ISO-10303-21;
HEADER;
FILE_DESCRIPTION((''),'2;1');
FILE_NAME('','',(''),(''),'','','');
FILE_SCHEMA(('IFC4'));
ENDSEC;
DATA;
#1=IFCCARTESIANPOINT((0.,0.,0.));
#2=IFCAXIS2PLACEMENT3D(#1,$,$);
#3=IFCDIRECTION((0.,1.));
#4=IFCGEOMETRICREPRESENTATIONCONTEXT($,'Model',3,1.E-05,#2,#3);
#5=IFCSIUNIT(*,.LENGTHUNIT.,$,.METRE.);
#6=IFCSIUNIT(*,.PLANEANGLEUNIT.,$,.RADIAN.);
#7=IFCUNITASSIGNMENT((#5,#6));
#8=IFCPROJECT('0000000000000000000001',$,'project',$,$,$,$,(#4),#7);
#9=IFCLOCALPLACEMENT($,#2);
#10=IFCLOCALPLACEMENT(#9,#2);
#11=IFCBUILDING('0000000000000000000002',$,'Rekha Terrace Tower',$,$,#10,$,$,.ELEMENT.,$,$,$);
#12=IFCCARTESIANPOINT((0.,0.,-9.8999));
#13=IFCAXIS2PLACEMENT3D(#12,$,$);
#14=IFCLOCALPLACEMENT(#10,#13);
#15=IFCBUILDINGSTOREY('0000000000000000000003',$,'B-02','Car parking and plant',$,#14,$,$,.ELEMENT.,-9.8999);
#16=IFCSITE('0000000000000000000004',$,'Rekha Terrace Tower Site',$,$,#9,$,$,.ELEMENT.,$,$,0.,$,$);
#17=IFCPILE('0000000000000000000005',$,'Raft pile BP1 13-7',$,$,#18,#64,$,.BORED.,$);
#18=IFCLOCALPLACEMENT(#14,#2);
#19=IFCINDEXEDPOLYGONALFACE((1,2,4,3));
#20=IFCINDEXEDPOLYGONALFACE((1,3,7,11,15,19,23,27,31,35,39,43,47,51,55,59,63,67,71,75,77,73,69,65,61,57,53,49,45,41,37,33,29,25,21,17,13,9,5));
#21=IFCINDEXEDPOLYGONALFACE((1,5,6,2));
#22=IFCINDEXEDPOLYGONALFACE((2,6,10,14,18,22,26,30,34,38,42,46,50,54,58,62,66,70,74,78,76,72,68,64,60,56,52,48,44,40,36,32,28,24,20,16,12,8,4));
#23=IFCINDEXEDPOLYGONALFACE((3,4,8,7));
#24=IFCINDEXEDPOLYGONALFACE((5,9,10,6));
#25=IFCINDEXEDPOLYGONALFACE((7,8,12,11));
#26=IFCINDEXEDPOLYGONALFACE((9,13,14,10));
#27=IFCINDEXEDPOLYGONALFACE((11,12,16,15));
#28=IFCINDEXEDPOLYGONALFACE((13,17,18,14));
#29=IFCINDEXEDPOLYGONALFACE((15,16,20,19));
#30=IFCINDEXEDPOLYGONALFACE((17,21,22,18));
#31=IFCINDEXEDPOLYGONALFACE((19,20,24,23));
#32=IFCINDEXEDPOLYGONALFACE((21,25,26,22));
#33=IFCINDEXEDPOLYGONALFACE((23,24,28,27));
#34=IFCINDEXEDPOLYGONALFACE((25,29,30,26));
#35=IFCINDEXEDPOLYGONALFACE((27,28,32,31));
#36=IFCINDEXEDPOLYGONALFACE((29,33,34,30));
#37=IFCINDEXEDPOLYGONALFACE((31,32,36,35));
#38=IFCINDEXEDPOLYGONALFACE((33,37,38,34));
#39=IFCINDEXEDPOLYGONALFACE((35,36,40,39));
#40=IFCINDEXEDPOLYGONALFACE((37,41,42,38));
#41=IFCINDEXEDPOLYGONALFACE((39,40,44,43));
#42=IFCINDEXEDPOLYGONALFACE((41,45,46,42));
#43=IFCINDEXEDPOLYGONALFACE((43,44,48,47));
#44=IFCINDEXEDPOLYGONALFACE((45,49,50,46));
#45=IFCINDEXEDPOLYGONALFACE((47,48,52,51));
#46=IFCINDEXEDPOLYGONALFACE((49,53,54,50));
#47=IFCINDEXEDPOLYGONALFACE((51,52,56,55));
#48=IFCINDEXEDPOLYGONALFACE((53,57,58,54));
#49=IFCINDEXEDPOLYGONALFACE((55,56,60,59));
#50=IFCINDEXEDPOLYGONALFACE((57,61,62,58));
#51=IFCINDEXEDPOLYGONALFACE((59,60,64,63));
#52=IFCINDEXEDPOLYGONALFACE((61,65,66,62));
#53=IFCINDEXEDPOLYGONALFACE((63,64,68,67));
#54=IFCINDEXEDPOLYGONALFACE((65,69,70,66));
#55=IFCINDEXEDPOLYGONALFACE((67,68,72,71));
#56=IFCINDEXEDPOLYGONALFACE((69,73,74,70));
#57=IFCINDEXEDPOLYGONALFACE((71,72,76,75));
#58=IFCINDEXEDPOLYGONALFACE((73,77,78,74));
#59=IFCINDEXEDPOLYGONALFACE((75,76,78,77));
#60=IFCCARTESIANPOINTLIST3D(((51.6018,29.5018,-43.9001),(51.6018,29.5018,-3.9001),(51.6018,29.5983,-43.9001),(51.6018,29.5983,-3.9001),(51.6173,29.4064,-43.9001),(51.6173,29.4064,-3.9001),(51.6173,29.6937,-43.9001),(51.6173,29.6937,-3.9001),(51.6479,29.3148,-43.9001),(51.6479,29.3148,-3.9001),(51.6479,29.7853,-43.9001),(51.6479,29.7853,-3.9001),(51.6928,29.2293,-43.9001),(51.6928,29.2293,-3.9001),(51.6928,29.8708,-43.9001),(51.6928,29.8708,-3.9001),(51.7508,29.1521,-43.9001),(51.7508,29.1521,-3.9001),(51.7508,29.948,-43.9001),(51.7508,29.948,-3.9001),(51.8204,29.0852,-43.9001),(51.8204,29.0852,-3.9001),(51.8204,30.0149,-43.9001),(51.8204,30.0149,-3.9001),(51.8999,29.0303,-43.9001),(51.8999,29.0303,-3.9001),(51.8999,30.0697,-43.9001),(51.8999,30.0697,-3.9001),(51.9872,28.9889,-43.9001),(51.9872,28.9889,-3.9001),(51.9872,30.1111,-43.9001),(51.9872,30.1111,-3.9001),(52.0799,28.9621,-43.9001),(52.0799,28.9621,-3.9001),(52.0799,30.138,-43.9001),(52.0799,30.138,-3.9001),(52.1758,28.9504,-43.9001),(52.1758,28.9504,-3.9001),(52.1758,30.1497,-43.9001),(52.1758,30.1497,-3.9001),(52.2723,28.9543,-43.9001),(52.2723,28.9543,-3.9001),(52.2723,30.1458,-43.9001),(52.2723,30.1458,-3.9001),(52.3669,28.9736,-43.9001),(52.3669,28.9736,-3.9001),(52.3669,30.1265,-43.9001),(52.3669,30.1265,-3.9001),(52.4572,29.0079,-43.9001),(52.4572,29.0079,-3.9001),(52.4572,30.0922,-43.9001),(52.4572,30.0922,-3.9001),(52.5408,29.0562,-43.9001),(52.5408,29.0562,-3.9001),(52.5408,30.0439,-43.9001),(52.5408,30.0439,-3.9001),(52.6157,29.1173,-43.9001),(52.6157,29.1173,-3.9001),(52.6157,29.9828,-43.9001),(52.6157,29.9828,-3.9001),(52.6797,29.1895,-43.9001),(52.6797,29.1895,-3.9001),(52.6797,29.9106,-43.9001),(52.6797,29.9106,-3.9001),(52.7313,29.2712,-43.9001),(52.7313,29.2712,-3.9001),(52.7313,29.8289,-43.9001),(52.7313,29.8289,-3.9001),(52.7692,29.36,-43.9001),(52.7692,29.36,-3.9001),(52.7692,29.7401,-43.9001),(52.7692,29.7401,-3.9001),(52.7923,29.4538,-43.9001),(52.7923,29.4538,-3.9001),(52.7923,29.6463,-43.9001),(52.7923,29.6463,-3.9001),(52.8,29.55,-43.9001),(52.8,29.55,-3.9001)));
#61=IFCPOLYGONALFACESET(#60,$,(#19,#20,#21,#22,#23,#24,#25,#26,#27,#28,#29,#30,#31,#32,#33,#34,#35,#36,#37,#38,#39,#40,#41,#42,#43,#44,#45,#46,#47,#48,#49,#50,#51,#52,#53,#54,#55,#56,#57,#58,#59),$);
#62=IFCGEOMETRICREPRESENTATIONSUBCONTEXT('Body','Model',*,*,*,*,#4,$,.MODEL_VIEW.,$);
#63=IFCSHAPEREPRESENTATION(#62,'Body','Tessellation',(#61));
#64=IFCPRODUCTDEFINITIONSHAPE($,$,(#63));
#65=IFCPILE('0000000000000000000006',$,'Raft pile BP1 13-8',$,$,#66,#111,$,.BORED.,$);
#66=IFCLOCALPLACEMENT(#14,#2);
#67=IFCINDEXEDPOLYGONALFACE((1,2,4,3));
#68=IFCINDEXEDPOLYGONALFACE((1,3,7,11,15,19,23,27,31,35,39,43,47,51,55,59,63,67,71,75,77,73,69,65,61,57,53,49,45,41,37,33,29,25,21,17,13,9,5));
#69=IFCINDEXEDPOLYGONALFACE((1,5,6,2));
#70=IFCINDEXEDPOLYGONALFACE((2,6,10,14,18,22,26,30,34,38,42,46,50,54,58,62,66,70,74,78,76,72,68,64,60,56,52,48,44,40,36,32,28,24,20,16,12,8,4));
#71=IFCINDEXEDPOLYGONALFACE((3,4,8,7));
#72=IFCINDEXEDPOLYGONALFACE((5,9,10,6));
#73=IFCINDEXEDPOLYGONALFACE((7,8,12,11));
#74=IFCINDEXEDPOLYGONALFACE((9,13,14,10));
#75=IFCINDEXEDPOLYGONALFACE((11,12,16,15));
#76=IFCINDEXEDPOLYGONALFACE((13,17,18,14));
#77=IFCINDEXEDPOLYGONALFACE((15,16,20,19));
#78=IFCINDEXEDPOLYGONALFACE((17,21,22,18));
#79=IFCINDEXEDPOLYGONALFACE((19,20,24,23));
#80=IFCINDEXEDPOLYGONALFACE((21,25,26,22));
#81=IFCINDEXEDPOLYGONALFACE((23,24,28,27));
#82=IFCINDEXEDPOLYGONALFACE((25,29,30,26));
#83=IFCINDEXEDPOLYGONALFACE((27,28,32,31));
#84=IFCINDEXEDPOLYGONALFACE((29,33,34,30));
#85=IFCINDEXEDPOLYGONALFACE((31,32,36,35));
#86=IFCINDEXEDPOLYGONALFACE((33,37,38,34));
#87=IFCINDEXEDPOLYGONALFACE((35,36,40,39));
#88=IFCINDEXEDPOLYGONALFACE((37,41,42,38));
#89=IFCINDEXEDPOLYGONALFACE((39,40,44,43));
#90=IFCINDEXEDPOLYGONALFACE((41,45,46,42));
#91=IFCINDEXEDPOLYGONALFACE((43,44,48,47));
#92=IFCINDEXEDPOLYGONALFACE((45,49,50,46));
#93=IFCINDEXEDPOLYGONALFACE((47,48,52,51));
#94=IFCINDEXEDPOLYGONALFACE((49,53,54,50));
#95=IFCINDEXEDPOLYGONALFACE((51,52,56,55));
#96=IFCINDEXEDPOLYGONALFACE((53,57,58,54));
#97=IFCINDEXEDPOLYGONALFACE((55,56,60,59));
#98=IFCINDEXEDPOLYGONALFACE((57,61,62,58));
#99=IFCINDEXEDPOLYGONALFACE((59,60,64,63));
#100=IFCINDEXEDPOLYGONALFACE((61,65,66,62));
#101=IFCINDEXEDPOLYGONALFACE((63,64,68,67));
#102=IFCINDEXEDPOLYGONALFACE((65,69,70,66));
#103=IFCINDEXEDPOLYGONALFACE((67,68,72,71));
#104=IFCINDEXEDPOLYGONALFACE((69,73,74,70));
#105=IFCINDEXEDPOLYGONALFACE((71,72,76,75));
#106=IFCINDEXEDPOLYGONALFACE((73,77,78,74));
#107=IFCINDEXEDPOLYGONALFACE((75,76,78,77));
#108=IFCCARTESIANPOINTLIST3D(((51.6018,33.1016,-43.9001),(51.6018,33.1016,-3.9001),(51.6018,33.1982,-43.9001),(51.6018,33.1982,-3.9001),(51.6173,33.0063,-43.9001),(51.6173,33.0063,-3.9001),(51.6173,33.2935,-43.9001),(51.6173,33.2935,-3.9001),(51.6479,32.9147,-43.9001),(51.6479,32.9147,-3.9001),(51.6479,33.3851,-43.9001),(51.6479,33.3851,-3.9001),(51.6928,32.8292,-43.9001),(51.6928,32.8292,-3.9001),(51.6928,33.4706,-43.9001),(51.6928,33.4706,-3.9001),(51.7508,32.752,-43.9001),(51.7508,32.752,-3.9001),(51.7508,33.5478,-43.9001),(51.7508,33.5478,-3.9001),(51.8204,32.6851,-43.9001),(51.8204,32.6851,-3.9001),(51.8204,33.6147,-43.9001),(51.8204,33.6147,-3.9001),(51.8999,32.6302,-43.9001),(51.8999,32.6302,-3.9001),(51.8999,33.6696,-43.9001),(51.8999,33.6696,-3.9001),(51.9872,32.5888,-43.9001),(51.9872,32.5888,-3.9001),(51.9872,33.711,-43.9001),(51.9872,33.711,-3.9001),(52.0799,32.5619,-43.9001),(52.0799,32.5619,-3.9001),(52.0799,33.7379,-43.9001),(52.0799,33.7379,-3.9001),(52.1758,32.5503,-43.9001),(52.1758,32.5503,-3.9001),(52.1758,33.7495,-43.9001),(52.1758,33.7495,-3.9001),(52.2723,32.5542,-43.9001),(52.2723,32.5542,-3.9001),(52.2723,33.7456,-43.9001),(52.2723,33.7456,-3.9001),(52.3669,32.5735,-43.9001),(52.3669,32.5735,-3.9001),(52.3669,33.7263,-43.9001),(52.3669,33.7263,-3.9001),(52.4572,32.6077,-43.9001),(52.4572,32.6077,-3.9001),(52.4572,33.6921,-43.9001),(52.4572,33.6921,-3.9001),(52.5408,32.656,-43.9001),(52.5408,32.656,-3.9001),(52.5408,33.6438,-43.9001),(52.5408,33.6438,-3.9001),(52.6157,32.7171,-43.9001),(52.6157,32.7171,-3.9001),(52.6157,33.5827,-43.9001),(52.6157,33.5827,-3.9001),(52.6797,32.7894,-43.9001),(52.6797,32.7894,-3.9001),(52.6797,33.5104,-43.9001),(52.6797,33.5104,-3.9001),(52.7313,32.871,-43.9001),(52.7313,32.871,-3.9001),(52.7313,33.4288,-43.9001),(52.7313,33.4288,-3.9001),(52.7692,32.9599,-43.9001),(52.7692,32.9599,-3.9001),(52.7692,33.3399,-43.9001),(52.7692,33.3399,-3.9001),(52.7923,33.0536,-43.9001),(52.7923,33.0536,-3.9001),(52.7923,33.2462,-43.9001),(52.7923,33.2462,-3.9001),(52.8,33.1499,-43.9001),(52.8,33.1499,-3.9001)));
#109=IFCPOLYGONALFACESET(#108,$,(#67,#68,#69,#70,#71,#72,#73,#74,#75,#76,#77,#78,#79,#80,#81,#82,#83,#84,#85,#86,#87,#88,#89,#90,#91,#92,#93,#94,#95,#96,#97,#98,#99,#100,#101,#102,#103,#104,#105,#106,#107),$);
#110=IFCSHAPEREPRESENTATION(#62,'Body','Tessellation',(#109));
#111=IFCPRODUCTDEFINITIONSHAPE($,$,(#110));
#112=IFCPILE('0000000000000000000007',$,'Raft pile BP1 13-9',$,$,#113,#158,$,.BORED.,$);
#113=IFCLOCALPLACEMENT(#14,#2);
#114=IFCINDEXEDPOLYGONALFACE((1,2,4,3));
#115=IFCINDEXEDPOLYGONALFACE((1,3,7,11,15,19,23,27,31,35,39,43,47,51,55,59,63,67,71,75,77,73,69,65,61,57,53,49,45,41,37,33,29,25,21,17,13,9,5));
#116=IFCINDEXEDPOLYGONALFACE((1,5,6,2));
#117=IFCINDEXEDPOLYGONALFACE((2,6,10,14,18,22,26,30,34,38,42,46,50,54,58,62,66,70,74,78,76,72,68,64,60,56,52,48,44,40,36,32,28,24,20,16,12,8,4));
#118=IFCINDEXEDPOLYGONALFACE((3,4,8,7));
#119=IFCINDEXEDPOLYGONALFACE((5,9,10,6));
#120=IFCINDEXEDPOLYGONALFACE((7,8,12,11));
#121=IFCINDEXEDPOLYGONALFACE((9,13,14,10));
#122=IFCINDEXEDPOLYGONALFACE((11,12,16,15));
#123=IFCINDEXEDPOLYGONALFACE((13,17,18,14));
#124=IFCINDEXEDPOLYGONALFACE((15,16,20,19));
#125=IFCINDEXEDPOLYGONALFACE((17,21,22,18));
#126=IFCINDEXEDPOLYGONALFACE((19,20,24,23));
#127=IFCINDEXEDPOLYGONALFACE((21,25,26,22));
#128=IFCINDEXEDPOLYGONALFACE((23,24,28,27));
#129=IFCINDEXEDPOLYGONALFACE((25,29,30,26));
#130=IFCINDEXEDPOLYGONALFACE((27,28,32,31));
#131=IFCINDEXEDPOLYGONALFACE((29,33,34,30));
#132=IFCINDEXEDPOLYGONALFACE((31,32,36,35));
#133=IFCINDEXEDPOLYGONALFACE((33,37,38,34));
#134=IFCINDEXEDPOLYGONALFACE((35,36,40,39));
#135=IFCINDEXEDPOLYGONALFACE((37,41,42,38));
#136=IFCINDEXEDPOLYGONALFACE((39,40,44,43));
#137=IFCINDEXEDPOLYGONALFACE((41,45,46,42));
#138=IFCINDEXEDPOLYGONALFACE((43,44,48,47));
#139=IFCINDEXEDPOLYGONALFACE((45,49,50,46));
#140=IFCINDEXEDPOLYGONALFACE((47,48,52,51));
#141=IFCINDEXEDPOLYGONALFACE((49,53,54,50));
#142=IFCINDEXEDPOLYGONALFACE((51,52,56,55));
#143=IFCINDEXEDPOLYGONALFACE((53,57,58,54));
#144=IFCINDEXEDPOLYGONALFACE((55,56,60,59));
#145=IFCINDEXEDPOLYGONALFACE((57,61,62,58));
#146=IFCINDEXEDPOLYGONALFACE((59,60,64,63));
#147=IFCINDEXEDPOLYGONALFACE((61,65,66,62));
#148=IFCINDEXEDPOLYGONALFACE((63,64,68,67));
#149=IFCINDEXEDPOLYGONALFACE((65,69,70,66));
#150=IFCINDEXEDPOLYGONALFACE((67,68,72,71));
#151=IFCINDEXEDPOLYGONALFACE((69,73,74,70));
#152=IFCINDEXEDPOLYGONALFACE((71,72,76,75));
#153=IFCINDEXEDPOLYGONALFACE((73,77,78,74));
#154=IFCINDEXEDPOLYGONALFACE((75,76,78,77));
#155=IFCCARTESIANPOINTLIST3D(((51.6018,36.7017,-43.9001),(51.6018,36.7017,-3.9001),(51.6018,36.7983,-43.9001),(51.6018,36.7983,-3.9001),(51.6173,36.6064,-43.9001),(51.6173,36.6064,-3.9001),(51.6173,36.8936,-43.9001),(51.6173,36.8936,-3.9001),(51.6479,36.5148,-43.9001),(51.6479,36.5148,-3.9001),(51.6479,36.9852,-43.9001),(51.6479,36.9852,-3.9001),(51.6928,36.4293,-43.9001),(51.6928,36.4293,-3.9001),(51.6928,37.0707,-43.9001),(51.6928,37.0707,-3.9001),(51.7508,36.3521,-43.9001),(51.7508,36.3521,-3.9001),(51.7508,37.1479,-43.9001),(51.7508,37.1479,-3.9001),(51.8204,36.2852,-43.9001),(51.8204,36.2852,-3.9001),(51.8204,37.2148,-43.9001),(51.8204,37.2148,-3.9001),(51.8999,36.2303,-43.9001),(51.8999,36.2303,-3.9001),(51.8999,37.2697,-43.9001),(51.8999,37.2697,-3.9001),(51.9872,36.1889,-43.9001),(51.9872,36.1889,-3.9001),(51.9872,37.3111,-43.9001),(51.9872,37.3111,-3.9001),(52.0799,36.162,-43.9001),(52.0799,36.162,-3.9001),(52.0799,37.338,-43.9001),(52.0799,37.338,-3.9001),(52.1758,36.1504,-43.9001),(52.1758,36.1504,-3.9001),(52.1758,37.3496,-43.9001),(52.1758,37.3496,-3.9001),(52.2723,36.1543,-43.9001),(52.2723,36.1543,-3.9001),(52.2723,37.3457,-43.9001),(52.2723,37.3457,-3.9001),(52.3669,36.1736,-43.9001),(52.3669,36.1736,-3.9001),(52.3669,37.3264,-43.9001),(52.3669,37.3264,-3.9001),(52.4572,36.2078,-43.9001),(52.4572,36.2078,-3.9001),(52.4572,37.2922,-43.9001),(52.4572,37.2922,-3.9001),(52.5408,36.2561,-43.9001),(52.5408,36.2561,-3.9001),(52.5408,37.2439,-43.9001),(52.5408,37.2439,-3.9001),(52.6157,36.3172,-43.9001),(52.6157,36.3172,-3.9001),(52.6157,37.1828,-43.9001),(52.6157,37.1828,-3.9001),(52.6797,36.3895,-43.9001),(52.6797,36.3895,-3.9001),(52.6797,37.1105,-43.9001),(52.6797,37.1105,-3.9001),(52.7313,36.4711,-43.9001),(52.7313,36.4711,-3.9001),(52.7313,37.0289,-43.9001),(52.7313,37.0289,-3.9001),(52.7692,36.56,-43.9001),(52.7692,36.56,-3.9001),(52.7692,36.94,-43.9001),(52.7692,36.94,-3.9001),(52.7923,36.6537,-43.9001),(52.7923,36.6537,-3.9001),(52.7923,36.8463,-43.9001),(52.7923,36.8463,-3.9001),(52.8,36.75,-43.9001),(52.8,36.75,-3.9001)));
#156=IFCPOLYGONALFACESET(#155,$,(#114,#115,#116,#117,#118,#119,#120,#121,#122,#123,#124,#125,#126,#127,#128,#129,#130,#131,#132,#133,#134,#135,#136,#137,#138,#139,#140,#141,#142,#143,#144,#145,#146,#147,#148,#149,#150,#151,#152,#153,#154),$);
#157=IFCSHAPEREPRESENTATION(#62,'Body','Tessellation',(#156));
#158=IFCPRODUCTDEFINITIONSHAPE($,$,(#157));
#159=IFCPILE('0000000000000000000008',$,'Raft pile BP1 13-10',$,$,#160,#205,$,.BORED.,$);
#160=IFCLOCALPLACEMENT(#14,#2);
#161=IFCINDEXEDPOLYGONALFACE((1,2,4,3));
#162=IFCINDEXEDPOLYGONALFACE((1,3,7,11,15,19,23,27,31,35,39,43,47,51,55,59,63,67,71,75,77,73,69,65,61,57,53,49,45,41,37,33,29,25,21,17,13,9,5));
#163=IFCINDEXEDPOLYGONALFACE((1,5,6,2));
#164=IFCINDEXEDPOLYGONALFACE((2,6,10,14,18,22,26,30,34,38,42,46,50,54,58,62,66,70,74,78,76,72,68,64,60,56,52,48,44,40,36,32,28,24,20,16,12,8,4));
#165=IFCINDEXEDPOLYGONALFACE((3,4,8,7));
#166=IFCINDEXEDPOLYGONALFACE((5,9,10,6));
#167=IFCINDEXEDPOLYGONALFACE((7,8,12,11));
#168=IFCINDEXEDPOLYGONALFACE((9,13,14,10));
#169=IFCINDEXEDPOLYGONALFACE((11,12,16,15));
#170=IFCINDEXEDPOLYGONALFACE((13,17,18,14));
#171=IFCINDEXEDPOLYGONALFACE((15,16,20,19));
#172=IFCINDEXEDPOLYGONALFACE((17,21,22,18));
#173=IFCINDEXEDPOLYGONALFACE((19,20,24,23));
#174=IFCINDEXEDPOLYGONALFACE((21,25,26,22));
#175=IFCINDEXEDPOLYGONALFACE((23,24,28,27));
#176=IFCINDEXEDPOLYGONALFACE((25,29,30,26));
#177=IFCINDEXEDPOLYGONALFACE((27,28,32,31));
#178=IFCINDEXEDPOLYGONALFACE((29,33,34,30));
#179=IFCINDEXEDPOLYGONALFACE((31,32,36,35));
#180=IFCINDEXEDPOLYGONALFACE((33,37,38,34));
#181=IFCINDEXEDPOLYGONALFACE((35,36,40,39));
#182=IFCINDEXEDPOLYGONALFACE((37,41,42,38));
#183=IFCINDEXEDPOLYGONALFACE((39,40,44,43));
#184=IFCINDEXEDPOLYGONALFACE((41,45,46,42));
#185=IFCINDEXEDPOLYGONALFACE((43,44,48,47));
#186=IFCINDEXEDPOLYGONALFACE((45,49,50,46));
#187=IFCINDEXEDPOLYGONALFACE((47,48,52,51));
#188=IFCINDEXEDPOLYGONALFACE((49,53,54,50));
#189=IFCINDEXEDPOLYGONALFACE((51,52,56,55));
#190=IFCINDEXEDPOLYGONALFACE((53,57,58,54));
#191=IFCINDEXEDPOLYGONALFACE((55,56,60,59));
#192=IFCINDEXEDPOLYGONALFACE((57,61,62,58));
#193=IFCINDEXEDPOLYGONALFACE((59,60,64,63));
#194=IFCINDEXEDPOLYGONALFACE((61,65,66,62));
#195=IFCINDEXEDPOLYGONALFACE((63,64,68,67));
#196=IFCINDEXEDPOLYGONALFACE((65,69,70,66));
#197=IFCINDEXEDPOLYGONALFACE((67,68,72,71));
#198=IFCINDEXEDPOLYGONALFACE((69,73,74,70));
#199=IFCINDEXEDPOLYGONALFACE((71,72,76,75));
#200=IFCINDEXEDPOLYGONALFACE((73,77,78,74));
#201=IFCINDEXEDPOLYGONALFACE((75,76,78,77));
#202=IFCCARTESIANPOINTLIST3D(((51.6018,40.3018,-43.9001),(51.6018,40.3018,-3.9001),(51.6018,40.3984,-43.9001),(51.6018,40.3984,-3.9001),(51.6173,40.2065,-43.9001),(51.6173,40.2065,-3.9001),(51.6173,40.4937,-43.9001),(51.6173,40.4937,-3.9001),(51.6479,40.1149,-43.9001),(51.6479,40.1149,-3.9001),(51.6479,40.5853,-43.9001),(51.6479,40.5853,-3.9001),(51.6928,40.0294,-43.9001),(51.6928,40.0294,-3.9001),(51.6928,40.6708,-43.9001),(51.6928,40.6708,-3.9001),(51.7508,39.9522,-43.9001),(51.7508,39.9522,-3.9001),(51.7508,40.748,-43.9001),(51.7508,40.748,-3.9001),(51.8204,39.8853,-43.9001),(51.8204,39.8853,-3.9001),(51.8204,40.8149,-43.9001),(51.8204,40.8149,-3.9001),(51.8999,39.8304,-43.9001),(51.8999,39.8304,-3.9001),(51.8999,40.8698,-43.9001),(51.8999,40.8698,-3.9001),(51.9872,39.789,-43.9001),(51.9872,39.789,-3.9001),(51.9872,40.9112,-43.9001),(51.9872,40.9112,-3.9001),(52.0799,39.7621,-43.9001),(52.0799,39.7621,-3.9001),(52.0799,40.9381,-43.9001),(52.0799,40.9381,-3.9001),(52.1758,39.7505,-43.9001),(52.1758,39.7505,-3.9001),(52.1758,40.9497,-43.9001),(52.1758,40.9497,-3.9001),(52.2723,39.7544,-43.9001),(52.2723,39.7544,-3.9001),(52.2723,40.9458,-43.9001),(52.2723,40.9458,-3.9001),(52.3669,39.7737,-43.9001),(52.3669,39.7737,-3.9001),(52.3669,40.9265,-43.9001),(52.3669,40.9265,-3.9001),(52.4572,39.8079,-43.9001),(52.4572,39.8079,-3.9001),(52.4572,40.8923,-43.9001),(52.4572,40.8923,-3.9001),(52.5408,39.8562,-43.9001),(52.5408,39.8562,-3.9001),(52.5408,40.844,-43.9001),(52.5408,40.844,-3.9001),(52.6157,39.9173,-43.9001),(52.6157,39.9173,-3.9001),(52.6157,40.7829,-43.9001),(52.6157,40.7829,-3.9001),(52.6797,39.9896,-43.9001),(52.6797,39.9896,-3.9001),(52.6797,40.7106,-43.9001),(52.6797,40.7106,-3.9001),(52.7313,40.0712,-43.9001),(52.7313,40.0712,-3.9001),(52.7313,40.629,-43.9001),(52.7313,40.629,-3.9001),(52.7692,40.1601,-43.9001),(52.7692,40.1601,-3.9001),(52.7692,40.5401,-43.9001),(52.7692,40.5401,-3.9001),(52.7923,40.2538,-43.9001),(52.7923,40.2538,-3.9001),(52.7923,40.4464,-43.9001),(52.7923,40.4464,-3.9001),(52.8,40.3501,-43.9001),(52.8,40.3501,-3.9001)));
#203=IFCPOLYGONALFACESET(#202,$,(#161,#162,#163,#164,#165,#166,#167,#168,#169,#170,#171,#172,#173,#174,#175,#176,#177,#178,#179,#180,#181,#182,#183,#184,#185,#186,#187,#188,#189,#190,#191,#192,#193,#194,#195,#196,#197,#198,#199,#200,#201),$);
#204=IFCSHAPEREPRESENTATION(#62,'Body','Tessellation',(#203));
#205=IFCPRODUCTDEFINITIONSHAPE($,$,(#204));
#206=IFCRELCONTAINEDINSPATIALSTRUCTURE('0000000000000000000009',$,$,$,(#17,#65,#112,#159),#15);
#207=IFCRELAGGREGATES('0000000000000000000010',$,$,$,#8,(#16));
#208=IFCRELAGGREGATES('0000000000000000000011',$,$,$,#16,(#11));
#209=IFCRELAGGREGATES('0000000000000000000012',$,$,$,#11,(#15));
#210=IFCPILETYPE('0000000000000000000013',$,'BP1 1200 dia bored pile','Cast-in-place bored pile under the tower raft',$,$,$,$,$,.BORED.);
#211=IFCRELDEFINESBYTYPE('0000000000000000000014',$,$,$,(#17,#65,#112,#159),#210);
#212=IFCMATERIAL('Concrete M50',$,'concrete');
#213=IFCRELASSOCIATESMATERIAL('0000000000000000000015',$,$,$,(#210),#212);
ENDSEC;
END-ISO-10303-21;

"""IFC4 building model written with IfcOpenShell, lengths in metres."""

from ifc_helpers import new_model, si_unit, direction, frame, origin, origin_2d, place, context, subcontext, project, spatial, circle, extrude, material, type_object, element, save


model = new_model("IFC4")

# Units and contexts
model_context = context("Model", 3, precision=1e-05, world=origin(), true_north=direction((0.0, 1.0)))
body_context = subcontext(model_context, "Body", "Model", "MODEL_VIEW")
ifc_project = project(units=[si_unit("LENGTHUNIT", "METRE"), si_unit("PLANEANGLEUNIT", "RADIAN")], contexts=[model_context])

# Site, building, storey
site_placement = place(None, origin())
site = spatial("IfcSite", under=ifc_project, at=site_placement, Name="Rekha Terrace Tower Site", CompositionType="ELEMENT", RefElevation=0.0)
building_placement = place(site_placement, origin())
building = spatial("IfcBuilding", under=site, at=building_placement, Name="Rekha Terrace Tower", CompositionType="ELEMENT")
storey_placement = place(building_placement, frame((0.0, 0.0, -9.8999)))
storey = spatial("IfcBuildingStorey", under=building, at=storey_placement, Name="B-02", Description="Car parking and plant", CompositionType="ELEMENT", Elevation=-9.8999)

# Piles
ifc_material_1 = material(Name="Concrete M50", Category="concrete")
pile_type = type_object("IfcPileType", Name="BP1 1200 dia bored pile", Description="Cast-in-place bored pile under the tower raft", PredefinedType="BORED", material=ifc_material_1)
for number, where, z_axis, x_axis, name in (
    (1, (52.2, 29.55, -3.9001), (0.0, 0.0, -1.0), (1.0, 0.0, 0.0), "Raft pile BP1 13-7"),
    (2, (52.2, 33.1499, -3.9001), (0.0, 0.0, -1.0), (1.0, 0.0, 0.0), "Raft pile BP1 13-8"),
    (3, (52.2, 36.75, -3.9001), (0.0, 0.0, -1.0), (1.0, 0.0, 0.0), "Raft pile BP1 13-9"),
    (4, (52.2, 40.3501, -3.9001), (0.0, 0.0, -1.0), (1.0, 0.0, 0.0), "Raft pile BP1 13-10"),
):
    element("IfcPile", number, at=place(storey_placement, frame(where, z_axis=z_axis, x_axis=x_axis)), inside=storey, type_object=pile_type, Name=name, PredefinedType="BORED", context=body_context, shape_type="SweptSolid", body=[
        extrude(circle(Radius=0.6001, at=origin_2d()), origin(), (0.0, 0.0, 1.0), 40.0),
    ])

save(model, "model.ifc")
